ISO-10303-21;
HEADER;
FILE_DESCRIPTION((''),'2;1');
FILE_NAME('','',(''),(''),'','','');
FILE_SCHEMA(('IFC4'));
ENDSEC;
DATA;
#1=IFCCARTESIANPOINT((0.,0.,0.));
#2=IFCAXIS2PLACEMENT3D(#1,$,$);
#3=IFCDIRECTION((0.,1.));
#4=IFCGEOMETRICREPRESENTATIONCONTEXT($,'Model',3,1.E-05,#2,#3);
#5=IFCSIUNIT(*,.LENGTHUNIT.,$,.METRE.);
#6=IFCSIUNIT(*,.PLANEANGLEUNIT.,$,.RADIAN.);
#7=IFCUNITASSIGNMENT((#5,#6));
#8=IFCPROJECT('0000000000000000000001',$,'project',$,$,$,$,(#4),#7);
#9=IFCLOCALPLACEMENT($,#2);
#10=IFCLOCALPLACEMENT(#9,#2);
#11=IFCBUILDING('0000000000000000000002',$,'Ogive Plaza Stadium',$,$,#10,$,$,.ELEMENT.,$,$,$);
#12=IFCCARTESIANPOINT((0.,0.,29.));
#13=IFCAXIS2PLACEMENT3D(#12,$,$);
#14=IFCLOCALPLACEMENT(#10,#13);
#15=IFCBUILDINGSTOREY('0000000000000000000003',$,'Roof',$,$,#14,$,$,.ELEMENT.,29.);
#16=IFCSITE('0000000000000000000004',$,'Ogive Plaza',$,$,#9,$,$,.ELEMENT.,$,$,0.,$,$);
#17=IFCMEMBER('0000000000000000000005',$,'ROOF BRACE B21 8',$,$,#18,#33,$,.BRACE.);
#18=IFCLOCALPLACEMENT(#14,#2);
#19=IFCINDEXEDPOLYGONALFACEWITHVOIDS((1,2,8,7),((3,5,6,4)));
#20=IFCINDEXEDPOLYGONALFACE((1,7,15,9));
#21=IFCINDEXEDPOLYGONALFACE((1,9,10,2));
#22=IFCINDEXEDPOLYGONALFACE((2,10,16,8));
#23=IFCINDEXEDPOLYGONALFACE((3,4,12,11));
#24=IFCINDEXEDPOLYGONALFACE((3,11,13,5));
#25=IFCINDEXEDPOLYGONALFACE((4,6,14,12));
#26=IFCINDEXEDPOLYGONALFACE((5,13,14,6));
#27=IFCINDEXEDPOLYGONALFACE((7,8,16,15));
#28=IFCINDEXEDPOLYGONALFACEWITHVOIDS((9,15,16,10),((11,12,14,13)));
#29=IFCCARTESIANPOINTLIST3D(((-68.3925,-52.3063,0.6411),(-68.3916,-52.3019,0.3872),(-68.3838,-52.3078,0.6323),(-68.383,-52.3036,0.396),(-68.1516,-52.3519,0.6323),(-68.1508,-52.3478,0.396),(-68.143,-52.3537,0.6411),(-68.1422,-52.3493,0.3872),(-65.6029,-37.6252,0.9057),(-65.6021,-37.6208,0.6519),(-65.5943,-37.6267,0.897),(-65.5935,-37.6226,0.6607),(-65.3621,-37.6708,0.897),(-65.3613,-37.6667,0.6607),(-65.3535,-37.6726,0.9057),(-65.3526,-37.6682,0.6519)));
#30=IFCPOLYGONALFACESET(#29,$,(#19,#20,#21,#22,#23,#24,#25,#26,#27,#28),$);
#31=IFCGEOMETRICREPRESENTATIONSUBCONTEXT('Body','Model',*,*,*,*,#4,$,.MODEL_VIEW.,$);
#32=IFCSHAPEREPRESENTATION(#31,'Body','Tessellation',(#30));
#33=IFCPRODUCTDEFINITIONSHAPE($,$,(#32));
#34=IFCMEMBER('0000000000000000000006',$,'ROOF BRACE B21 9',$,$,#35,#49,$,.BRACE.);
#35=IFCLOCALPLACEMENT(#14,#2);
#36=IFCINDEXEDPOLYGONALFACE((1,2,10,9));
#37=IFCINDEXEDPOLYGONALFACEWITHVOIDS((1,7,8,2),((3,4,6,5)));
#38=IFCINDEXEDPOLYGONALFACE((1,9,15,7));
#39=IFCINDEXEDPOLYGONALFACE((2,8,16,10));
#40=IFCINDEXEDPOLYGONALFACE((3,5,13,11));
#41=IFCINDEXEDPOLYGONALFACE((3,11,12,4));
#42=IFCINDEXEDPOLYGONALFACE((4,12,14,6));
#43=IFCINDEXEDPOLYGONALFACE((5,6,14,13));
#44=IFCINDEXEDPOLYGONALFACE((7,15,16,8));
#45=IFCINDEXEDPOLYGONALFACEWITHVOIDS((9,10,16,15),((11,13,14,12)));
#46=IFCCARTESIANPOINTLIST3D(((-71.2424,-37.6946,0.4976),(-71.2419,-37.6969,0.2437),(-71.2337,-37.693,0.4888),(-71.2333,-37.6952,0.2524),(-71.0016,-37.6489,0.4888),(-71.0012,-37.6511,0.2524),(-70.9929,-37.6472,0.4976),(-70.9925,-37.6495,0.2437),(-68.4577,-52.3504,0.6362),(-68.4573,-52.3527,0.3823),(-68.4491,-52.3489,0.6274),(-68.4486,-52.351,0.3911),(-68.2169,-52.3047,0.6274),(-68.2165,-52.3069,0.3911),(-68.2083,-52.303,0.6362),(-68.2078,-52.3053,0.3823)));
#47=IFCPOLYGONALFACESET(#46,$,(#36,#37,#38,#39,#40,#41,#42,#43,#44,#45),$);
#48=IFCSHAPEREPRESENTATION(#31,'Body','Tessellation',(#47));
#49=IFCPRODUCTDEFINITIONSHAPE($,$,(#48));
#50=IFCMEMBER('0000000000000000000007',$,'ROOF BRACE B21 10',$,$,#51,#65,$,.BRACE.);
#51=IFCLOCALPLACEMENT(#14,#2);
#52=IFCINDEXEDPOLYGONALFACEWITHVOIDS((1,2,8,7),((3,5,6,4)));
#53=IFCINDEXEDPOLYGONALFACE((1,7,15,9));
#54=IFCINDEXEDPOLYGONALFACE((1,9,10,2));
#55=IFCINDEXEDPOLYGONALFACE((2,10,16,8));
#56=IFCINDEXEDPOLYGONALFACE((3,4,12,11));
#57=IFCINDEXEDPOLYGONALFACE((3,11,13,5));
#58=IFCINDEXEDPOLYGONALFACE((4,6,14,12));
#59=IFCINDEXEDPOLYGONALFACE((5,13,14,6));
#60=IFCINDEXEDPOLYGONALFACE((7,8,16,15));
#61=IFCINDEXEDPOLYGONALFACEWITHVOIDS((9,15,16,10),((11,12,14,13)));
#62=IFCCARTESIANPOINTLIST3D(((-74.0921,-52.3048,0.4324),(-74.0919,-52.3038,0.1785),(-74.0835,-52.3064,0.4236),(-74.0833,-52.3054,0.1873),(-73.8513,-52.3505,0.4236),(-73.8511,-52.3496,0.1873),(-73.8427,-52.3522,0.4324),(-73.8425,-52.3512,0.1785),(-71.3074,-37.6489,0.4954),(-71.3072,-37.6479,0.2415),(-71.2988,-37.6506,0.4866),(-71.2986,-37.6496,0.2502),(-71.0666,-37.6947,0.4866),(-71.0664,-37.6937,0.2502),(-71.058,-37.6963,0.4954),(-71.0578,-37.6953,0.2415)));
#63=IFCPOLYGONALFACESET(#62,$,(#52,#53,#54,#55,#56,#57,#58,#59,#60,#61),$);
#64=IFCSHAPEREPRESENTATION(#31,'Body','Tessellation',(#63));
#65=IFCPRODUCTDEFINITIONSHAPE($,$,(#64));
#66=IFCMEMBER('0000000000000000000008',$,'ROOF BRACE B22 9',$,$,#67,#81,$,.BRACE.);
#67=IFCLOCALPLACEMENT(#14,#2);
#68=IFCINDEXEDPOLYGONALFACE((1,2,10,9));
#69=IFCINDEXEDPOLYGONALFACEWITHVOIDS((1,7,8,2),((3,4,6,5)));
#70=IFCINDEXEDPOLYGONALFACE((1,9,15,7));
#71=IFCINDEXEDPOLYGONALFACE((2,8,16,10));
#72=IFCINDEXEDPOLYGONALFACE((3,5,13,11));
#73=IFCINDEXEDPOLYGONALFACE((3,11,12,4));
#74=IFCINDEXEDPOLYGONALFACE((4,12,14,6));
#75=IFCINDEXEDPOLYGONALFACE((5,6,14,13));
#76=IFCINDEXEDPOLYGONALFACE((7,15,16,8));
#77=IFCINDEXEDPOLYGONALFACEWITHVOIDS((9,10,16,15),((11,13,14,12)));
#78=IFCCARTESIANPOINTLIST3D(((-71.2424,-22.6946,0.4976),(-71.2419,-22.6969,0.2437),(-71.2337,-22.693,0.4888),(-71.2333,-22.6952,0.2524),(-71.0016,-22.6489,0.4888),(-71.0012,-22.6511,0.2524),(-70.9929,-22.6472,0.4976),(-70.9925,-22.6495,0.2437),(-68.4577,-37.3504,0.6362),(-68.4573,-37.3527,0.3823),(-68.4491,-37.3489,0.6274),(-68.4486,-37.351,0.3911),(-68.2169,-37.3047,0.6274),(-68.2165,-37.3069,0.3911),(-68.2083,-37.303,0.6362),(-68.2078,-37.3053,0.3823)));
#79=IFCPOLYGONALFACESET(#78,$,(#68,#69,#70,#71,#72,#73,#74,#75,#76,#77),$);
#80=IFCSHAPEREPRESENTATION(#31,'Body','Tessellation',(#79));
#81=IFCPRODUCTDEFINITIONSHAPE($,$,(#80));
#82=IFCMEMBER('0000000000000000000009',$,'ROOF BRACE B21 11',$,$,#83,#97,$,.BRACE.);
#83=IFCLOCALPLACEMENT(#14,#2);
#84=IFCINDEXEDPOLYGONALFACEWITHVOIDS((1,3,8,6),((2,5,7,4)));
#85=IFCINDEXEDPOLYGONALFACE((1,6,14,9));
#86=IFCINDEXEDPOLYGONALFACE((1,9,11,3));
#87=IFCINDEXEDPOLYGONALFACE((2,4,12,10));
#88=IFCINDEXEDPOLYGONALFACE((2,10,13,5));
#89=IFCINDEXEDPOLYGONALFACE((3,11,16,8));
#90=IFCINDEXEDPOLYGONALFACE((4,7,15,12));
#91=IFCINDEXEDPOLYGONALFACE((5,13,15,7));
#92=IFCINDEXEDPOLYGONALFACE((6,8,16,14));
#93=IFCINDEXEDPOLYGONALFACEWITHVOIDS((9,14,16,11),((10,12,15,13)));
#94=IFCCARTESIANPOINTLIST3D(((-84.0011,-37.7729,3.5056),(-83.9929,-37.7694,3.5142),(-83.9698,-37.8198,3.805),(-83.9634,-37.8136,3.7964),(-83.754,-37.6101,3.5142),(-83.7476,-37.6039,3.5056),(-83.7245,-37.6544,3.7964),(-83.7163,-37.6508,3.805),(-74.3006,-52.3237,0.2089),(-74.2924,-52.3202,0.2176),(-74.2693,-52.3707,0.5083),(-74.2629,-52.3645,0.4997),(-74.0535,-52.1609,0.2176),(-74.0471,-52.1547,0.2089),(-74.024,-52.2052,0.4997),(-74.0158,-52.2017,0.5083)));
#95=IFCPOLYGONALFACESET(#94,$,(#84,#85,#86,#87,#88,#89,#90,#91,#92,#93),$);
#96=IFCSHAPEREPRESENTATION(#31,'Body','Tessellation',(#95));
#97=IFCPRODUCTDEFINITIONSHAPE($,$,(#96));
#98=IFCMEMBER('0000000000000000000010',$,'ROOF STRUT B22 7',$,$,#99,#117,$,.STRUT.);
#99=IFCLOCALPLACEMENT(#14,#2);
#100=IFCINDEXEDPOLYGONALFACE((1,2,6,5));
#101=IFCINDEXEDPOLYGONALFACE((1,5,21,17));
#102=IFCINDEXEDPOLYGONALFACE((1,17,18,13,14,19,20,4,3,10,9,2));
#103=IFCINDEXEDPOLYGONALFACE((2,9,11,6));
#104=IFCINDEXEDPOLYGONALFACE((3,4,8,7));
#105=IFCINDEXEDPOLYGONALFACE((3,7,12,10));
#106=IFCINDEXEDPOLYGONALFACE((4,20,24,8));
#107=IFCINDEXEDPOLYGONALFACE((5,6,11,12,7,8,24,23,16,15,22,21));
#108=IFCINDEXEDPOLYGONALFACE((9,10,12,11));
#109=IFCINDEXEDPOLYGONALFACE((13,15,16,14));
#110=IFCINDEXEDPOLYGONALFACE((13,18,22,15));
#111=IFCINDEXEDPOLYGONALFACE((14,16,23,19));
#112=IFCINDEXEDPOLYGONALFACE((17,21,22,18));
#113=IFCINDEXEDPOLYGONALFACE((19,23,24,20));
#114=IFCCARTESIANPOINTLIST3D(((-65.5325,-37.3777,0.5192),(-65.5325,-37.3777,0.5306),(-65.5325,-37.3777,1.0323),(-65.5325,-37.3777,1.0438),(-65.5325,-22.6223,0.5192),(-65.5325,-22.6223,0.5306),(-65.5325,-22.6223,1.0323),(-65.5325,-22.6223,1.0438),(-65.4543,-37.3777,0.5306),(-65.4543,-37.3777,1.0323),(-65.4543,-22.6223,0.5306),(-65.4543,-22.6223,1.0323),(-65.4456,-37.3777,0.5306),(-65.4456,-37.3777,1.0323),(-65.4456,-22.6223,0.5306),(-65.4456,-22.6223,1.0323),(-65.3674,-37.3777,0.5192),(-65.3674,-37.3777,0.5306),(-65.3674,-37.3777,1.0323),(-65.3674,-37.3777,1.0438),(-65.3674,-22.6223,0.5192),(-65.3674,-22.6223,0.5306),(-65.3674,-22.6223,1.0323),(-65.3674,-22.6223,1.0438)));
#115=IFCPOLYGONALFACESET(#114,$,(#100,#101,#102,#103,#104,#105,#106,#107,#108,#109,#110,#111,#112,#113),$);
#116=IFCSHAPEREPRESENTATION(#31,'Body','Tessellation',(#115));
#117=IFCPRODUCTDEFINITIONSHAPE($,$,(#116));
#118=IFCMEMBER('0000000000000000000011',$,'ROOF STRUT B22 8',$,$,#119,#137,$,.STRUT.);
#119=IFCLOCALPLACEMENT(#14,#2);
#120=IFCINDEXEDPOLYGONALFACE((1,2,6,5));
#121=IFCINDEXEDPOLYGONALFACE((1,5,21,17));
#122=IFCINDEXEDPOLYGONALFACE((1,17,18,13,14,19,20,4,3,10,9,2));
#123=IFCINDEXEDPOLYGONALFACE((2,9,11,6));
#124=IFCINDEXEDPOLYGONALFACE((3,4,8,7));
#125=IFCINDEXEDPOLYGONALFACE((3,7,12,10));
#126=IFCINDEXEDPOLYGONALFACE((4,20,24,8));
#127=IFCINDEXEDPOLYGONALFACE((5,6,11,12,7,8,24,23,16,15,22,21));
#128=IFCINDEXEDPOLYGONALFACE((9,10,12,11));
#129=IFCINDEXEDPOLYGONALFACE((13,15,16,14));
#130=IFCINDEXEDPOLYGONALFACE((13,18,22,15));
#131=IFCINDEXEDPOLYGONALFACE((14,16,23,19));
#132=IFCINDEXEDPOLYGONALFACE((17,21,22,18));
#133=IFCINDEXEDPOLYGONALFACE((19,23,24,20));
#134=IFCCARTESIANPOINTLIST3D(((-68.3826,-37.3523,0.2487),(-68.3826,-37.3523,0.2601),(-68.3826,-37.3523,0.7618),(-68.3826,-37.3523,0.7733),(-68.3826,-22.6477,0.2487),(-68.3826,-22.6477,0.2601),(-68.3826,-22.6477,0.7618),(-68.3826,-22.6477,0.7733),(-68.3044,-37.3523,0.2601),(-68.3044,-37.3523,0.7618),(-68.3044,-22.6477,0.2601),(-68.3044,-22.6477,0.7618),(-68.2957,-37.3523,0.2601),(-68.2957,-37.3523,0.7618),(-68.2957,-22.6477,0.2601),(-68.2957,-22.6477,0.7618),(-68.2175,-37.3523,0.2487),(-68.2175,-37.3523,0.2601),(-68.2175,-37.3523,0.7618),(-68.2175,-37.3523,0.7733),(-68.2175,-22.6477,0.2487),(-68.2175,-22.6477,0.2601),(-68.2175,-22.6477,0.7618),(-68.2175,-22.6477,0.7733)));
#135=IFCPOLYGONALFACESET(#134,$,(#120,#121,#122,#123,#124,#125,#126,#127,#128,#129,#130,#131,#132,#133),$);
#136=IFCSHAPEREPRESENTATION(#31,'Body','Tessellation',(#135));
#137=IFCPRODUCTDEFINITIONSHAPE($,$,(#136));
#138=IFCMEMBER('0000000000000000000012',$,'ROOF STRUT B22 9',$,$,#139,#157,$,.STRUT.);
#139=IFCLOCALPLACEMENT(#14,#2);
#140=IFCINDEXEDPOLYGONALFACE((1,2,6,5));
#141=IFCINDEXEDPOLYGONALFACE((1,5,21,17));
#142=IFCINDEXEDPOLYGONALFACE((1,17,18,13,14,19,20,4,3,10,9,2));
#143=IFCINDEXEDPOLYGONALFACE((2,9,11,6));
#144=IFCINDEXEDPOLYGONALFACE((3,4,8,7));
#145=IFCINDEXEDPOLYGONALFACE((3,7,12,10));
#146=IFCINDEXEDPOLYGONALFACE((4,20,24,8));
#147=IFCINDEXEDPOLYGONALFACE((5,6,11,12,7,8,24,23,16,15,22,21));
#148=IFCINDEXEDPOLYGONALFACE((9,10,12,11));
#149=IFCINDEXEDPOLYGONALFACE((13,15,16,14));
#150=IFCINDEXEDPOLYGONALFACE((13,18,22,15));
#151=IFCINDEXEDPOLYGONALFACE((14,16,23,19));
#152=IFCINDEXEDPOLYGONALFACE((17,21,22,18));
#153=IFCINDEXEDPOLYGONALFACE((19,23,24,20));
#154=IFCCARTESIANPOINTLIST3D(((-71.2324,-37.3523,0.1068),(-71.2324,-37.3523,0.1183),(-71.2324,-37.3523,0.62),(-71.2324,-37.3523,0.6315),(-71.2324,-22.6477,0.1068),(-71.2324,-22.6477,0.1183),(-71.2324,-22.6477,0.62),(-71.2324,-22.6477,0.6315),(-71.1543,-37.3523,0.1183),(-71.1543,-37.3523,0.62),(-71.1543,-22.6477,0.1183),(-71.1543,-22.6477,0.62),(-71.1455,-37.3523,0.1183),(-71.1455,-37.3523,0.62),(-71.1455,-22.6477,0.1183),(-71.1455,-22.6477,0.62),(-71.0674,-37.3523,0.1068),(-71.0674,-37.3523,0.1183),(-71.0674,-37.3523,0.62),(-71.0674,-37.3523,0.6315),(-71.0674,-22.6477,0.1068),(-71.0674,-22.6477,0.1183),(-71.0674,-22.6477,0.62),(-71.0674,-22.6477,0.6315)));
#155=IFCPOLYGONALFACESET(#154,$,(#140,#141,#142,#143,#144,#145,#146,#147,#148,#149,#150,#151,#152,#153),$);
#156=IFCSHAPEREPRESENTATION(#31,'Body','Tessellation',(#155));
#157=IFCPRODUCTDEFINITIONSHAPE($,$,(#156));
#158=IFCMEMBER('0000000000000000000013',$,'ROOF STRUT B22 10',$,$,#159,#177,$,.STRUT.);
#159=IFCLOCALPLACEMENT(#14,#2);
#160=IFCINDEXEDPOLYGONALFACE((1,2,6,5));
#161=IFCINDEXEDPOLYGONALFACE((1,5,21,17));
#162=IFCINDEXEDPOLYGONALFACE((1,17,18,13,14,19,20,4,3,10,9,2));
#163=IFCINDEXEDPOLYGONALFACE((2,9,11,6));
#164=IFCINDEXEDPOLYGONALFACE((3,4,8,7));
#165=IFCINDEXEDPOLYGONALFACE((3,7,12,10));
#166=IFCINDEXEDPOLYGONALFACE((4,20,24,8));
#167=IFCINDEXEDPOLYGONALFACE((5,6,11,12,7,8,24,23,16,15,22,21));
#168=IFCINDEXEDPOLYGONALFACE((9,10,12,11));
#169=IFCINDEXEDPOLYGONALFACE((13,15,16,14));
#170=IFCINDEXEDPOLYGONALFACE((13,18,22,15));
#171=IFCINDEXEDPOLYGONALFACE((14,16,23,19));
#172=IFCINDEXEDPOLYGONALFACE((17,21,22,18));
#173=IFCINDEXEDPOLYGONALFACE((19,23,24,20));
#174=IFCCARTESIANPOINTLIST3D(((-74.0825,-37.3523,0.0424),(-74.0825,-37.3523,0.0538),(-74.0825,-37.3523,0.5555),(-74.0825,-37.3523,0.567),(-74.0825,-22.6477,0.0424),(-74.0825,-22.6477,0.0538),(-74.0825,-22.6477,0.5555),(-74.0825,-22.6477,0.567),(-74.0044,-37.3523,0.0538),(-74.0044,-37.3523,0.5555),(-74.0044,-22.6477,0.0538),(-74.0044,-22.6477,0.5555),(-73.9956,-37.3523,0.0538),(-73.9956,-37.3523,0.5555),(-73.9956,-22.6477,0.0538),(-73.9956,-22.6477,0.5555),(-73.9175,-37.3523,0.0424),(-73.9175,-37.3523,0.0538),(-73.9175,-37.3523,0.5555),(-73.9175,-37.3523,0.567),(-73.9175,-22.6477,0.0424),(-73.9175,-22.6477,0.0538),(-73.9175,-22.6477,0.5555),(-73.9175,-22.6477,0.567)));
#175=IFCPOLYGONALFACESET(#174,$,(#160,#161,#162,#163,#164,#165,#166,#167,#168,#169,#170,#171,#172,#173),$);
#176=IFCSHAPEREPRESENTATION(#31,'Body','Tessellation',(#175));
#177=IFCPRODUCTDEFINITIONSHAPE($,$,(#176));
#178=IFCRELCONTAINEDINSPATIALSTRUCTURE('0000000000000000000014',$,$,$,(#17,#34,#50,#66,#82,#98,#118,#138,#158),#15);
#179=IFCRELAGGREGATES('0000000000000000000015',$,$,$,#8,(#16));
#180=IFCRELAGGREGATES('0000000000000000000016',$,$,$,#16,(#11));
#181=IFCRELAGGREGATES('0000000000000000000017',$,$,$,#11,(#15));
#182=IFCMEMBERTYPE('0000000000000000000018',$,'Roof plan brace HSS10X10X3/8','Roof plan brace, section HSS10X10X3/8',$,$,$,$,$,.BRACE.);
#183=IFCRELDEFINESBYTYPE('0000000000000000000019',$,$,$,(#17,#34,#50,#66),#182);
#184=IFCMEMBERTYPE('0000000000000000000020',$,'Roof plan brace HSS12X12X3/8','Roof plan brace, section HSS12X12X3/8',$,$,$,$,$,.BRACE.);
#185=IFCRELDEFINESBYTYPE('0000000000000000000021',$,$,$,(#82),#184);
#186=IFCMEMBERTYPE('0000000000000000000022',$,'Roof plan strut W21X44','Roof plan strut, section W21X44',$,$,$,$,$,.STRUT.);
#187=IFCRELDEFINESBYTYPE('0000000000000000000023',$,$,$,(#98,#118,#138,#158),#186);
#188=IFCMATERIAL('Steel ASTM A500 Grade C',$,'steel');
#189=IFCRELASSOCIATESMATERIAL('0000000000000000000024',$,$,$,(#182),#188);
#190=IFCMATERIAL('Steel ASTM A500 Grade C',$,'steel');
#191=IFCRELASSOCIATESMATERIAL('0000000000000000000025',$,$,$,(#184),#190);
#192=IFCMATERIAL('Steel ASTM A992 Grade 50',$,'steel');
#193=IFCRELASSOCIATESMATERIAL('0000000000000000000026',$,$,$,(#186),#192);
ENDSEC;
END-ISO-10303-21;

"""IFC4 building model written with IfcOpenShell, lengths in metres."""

from ifc_helpers import new_model, si_unit, direction, frame, origin, origin_2d, place, context, subcontext, project, spatial, hollow_rectangle, i_section, extrude, material, material_profile, profile_set, type_object, element, save


model = new_model("IFC4")

# Units and contexts
model_context = context("Model", 3, precision=1e-05, world=origin(), true_north=direction((0.0, 1.0)))
body_context = subcontext(model_context, "Body", "Model", "MODEL_VIEW")
ifc_project = project(units=[si_unit("LENGTHUNIT", "METRE"), si_unit("PLANEANGLEUNIT", "RADIAN")], contexts=[model_context])

# Site, building, storey
site_placement = place(None, origin())
site = spatial("IfcSite", under=ifc_project, at=site_placement, Name="Ogive Plaza", CompositionType="ELEMENT", RefElevation=0.0)
building_placement = place(site_placement, origin())
building = spatial("IfcBuilding", under=site, at=building_placement, Name="Ogive Plaza Stadium", CompositionType="ELEMENT")
storey_placement = place(building_placement, frame((0.0, 0.0, 29.0)))
storey = spatial("IfcBuildingStorey", under=building, at=storey_placement, Name="Roof", CompositionType="ELEMENT", Elevation=29.0)

# Members
ifc_material_1 = material(Name="Steel ASTM A500 Grade C", Category="steel")
ifc_material_profile_1 = material_profile(ifc_material_1, hollow_rectangle(XDim=0.2539, YDim=0.2539, WallThickness=0.0088, at=origin_2d()), Name="HSS10X10X3/8")
ifc_profile_set_1 = profile_set([ifc_material_profile_1], Name="Steel ASTM A500 Grade C")
member_type_1 = type_object("IfcMemberType", Name="Roof plan brace HSS10X10X3/8", Description="Roof plan brace, section HSS10X10X3/8", PredefinedType="BRACE", material=ifc_profile_set_1)
member_1_placement = place(storey_placement, frame((-65.4778, -37.6467, 0.7788), z_axis=(-0.18664, -0.982269, -0.017707), x_axis=(0.982423, -0.186669, 0.0)))
element("IfcMember", 1, at=member_1_placement, inside=storey, type_object=member_type_1, Name="ROOF BRACE B21 8", PredefinedType="BRACE", context=body_context, shape_type="SweptSolid", body=[
    extrude(hollow_rectangle(XDim=0.2539, YDim=0.2539, WallThickness=0.0088, at=origin_2d()), origin(), (0.0, 0.0, 1.0), 14.946),
])
member_2_placement = place(storey_placement, frame((-68.3328, -52.3279, 0.5093), z_axis=(-0.186657, 0.982381, -0.009295), x_axis=(-0.982424, -0.186665, 0.0)))
element("IfcMember", 2, at=member_2_placement, inside=storey, type_object=member_type_1, Name="ROOF BRACE B21 9", PredefinedType="BRACE", context=body_context, shape_type="SweptSolid", body=[
    extrude(hollow_rectangle(XDim=0.2539, YDim=0.2539, WallThickness=0.0088, at=origin_2d()), origin(), (0.0, 0.0, 1.0), 14.9187),
])
member_3_placement = place(storey_placement, frame((-71.1826, -37.6721, 0.3684), z_axis=(-0.186664, -0.982415, -0.004222), x_axis=(0.982424, -0.186665, 0.0)))
element("IfcMember", 3, at=member_3_placement, inside=storey, type_object=member_type_1, Name="ROOF BRACE B21 10", PredefinedType="BRACE", context=body_context, shape_type="SweptSolid", body=[
    extrude(hollow_rectangle(XDim=0.2539, YDim=0.2539, WallThickness=0.0088, at=origin_2d()), origin(), (0.0, 0.0, 1.0), 14.9182),
])
member_4_placement = place(storey_placement, frame((-68.3328, -37.3279, 0.5093), z_axis=(-0.186657, 0.982381, -0.009295), x_axis=(-0.982424, -0.186665, 0.0)))
element("IfcMember", 4, at=member_4_placement, inside=storey, type_object=member_type_1, Name="ROOF BRACE B22 9", PredefinedType="BRACE", context=body_context, shape_type="SweptSolid", body=[
    extrude(hollow_rectangle(XDim=0.2539, YDim=0.2539, WallThickness=0.0088, at=origin_2d()), origin(), (0.0, 0.0, 1.0), 14.9187),
])
ifc_material_2 = material(Name="Steel ASTM A500 Grade C", Category="steel")
ifc_material_profile_2 = material_profile(ifc_material_2, hollow_rectangle(XDim=0.3047, YDim=0.3047, WallThickness=0.0088, at=origin_2d()), Name="HSS12X12X3/8")
ifc_profile_set_2 = profile_set([ifc_material_profile_2], Name="Steel ASTM A500 Grade C")
member_type_2 = type_object("IfcMemberType", Name="Roof plan brace HSS12X12X3/8", Description="Roof plan brace, section HSS12X12X3/8", PredefinedType="BRACE", material=ifc_profile_set_2)
member_5_placement = place(storey_placement, frame((-74.1582, -52.2627, 0.3586), z_axis=(-0.545096, 0.817651, 0.185247), x_axis=(-0.832052, -0.554697, 0.0)))
element("IfcMember", 5, at=member_5_placement, inside=storey, type_object=member_type_2, Name="ROOF BRACE B21 11", PredefinedType="BRACE", context=body_context, shape_type="SweptSolid", body=[
    extrude(hollow_rectangle(XDim=0.3047, YDim=0.3047, WallThickness=0.0088, at=origin_2d()), origin(), (0.0, 0.0, 1.0), 17.7959),
])
ifc_material_3 = material(Name="Steel ASTM A992 Grade 50", Category="steel")
ifc_material_profile_3 = material_profile(ifc_material_3, i_section(OverallWidth=0.165, OverallDepth=0.5247, WebThickness=0.0088, FlangeThickness=0.0115, at=origin_2d()), Name="W21X44")
ifc_profile_set_3 = profile_set([ifc_material_profile_3], Name="Steel ASTM A992 Grade 50")
member_type_3 = type_object("IfcMemberType", Name="Roof plan strut W21X44", Description="Roof plan strut, section W21X44", PredefinedType="STRUT", material=ifc_profile_set_3)
member_6_placement = place(storey_placement, frame((-65.45, -37.3777, 0.7815), z_axis=(0.0, 1.0, 0.0), x_axis=(-1.0, 0.0, 0.0)))
element("IfcMember", 6, at=member_6_placement, inside=storey, type_object=member_type_3, Name="ROOF STRUT B22 7", PredefinedType="STRUT", context=body_context, shape_type="SweptSolid", body=[
    extrude(i_section(OverallWidth=0.165, OverallDepth=0.5247, WebThickness=0.0088, FlangeThickness=0.0115, at=origin_2d()), origin(), (0.0, 0.0, 1.0), 14.7554),
])
for number, where, z_axis, x_axis, name in (
    (7, (-68.3, -37.3523, 0.511), (0.0, 1.0, 0.0), (-1.0, 0.0, 0.0), "ROOF STRUT B22 8"),
    (8, (-71.1499, -37.3523, 0.3691), (0.0, 1.0, 0.0), (-1.0, 0.0, 0.0), "ROOF STRUT B22 9"),
    (9, (-74.0, -37.3523, 0.3047), (0.0, 1.0, 0.0), (-1.0, 0.0, 0.0), "ROOF STRUT B22 10"),
):
    element("IfcMember", number, at=place(storey_placement, frame(where, z_axis=z_axis, x_axis=x_axis)), inside=storey, type_object=member_type_3, Name=name, PredefinedType="STRUT", context=body_context, shape_type="SweptSolid", body=[
        extrude(i_section(OverallWidth=0.165, OverallDepth=0.5247, WebThickness=0.0088, FlangeThickness=0.0115, at=origin_2d()), origin(), (0.0, 0.0, 1.0), 14.7046),
    ])

save(model, "model.ifc")
